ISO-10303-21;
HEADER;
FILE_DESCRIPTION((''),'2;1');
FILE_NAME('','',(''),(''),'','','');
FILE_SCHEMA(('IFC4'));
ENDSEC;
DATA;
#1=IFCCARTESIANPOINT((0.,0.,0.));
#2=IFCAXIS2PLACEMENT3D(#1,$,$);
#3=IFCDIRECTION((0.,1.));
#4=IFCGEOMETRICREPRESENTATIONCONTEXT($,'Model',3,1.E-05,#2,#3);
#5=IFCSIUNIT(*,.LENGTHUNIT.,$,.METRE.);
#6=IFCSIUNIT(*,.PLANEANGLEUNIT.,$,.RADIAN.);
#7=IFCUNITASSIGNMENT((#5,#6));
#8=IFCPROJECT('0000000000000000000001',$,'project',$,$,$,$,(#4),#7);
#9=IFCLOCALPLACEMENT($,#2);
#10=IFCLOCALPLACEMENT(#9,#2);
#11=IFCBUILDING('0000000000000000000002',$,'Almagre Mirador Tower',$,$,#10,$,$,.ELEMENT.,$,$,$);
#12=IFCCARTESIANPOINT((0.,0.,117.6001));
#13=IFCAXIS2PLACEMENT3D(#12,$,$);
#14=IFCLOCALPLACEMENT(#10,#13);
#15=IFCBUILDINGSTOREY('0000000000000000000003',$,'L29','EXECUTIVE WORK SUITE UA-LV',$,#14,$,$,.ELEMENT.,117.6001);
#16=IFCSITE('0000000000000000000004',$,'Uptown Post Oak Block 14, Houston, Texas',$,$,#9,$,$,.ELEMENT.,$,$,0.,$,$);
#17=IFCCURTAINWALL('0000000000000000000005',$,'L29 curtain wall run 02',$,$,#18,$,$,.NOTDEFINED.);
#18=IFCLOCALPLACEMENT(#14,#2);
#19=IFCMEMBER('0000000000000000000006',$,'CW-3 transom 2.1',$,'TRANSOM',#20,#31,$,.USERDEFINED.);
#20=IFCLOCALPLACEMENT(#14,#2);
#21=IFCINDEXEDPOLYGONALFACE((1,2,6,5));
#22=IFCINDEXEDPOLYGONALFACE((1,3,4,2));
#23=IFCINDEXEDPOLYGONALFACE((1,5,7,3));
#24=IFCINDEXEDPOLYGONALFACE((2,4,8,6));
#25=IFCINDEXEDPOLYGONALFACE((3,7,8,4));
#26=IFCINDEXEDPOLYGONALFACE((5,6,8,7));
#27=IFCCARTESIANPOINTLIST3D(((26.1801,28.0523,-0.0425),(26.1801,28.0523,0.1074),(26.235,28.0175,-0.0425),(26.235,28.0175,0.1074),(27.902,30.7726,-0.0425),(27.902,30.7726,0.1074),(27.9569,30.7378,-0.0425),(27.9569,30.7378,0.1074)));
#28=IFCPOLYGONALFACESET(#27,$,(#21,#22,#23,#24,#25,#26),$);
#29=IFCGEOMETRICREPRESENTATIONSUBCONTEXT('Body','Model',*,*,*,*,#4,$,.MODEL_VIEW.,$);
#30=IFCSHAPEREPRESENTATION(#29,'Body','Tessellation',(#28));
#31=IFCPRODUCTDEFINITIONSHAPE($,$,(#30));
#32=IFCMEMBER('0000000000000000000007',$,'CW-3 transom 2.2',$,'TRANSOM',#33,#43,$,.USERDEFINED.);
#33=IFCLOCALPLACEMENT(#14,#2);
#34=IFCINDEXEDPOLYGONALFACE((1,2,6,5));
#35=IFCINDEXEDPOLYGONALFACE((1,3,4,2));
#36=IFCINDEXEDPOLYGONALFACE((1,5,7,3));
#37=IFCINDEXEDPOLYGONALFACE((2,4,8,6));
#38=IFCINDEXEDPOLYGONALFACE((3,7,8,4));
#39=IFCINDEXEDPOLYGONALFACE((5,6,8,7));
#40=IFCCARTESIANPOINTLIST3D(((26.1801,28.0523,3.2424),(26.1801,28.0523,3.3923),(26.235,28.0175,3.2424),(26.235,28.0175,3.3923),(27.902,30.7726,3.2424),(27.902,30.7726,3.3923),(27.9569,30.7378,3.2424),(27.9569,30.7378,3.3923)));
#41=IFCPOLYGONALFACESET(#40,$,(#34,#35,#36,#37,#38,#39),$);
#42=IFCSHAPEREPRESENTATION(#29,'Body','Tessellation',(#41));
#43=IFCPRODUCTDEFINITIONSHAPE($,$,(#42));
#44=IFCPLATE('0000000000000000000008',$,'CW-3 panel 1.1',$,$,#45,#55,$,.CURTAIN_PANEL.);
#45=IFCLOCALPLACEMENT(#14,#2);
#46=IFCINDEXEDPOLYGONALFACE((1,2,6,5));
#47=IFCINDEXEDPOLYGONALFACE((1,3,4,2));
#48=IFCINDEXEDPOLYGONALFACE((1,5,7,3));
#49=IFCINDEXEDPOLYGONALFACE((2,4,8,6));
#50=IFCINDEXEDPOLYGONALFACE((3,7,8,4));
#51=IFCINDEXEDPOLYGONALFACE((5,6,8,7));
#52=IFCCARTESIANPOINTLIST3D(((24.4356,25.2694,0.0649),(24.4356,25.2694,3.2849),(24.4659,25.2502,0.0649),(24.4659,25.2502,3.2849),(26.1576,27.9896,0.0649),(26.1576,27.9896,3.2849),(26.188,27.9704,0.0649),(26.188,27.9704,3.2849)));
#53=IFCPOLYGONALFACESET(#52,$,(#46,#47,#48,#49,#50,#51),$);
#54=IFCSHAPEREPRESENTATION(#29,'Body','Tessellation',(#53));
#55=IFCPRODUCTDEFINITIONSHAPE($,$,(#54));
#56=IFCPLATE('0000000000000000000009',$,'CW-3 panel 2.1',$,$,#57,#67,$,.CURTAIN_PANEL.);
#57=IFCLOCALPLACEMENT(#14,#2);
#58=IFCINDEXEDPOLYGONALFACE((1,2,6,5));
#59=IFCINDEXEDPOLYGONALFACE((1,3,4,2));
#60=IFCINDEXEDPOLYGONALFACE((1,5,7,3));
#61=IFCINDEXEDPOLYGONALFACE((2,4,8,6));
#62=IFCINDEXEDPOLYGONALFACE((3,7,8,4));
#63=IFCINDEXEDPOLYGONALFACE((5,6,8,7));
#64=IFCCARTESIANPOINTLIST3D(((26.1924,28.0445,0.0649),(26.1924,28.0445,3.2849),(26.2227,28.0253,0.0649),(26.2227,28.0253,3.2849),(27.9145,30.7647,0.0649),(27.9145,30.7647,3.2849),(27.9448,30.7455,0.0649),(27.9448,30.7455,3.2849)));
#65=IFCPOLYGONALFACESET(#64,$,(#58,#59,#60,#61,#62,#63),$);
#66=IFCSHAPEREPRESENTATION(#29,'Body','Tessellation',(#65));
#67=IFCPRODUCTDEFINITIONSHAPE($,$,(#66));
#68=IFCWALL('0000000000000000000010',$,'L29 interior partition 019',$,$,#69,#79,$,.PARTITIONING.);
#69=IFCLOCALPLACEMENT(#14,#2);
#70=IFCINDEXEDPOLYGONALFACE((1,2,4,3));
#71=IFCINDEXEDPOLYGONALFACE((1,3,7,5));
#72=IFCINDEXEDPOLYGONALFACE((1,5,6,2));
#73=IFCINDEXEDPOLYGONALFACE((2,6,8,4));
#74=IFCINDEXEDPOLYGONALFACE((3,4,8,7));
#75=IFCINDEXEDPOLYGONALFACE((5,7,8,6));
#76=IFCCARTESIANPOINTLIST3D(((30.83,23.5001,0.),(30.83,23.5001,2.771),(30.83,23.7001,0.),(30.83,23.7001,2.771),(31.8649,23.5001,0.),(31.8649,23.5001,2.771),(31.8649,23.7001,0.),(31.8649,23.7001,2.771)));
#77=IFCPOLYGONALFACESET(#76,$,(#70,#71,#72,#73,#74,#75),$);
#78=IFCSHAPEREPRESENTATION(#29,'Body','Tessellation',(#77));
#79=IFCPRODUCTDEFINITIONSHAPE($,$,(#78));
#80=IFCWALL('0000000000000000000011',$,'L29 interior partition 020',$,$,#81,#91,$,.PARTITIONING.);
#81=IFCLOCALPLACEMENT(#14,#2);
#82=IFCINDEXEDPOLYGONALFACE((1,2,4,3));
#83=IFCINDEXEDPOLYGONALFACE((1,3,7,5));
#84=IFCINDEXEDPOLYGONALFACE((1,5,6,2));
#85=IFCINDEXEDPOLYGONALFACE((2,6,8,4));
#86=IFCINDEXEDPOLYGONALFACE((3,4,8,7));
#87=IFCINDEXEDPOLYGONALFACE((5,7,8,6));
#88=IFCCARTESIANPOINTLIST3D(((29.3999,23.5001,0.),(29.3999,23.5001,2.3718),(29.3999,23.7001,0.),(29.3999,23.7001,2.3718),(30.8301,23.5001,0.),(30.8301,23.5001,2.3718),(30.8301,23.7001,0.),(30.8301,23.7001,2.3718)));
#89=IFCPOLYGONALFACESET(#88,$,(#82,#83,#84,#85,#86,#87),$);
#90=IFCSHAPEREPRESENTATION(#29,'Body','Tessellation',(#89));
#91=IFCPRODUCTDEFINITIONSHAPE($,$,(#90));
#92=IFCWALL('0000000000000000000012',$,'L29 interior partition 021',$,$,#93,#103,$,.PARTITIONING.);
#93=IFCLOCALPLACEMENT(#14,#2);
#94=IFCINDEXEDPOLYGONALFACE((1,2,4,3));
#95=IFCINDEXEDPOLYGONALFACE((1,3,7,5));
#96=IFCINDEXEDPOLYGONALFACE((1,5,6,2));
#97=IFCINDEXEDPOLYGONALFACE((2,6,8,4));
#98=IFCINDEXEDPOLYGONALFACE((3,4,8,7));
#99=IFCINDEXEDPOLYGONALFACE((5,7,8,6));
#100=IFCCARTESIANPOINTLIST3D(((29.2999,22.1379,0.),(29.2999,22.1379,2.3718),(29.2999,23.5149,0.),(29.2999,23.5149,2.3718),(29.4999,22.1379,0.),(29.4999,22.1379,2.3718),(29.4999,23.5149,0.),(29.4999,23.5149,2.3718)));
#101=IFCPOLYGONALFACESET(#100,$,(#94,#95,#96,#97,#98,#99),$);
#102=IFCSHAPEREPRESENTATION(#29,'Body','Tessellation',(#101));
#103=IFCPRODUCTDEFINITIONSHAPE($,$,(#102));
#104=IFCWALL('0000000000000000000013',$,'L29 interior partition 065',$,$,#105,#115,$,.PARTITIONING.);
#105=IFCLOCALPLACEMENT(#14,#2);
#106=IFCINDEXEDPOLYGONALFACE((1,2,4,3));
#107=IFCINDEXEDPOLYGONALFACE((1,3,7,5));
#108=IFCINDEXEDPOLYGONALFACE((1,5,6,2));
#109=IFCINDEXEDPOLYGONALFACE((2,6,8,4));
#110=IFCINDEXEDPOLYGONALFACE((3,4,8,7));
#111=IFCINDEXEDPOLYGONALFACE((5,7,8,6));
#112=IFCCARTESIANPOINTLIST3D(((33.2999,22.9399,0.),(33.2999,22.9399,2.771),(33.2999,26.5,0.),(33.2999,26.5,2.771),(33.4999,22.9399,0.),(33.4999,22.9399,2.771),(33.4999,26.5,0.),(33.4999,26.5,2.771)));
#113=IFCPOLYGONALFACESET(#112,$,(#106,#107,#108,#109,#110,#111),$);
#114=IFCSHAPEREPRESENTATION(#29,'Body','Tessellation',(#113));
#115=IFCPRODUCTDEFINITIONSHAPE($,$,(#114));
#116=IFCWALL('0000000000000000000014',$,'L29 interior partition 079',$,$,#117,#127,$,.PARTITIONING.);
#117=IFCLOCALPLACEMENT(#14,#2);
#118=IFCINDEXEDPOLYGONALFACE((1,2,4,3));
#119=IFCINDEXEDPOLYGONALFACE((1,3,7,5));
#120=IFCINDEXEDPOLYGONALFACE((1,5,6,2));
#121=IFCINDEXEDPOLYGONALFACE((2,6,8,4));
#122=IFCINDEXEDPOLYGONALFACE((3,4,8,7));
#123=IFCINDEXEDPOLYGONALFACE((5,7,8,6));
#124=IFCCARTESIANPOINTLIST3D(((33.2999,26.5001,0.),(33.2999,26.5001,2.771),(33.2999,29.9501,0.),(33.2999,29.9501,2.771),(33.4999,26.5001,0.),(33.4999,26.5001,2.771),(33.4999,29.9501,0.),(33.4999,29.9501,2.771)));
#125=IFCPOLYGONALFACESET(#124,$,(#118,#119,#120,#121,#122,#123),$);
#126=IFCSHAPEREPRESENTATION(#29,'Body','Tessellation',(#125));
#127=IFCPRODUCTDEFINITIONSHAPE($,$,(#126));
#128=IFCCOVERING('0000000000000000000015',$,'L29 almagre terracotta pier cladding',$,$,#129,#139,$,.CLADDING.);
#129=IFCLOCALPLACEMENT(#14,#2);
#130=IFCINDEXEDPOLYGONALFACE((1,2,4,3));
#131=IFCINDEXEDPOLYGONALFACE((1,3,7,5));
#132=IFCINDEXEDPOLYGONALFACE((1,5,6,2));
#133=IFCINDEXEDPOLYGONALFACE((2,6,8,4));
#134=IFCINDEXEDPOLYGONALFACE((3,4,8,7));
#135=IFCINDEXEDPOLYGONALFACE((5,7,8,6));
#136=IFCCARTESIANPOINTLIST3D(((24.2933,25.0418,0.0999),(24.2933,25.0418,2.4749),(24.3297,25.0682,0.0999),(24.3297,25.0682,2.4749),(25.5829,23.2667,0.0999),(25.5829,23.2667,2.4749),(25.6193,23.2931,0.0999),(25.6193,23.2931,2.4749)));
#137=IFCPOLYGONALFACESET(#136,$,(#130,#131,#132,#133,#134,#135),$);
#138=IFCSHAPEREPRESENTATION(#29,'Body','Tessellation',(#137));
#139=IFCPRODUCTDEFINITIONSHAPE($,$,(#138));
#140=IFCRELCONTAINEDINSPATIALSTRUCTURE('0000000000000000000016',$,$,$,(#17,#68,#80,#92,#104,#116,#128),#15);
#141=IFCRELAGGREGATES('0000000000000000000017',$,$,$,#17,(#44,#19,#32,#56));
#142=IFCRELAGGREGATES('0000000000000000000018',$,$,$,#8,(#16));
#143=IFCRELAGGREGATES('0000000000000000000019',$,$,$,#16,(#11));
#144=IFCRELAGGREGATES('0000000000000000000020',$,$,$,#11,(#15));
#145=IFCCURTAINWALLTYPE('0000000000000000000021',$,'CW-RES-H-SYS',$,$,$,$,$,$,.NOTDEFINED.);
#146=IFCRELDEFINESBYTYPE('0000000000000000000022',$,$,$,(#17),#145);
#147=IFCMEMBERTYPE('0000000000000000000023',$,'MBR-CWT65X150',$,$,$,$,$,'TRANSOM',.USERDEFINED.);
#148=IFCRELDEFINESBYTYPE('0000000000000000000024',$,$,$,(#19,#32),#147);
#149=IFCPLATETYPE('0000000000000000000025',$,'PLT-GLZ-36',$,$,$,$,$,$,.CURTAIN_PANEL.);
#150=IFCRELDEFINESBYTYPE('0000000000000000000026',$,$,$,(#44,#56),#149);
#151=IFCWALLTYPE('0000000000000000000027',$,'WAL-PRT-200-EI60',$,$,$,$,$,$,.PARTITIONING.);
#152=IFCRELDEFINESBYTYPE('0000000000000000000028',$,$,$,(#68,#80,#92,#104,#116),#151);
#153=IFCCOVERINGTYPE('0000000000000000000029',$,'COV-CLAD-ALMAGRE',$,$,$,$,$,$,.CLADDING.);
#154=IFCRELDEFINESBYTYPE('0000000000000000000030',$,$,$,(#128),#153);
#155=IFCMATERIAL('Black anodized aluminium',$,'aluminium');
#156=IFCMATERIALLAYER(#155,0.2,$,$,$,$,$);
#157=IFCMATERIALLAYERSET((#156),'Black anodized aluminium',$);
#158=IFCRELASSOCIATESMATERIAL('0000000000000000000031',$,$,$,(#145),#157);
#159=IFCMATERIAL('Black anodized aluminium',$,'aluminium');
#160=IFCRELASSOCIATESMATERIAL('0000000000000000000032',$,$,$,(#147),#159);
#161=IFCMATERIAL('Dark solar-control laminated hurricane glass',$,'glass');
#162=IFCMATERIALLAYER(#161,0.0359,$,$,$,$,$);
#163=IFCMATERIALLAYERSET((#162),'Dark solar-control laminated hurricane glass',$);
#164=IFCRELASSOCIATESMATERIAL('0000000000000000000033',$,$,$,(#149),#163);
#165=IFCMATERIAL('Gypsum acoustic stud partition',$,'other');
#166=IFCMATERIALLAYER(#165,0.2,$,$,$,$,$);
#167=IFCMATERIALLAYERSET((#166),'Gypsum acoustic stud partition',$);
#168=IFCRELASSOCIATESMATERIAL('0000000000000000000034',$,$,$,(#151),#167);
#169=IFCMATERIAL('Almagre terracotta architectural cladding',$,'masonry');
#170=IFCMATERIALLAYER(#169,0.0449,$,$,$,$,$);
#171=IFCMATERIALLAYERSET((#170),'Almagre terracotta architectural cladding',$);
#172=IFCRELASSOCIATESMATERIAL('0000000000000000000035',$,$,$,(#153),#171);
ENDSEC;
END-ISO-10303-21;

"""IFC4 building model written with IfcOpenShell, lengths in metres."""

from ifc_helpers import new_model, si_unit, direction, frame, frame_2d, origin, origin_2d, place, context, subcontext, project, spatial, rectangle, extrude, material, layer, layer_set, material_profile, profile_set, type_object, element, aggregate, save


model = new_model("IFC4")

# Units and contexts
model_context = context("Model", 3, precision=1e-05, world=origin(), true_north=direction((0.0, 1.0)))
body_context = subcontext(model_context, "Body", "Model", "MODEL_VIEW")
ifc_project = project(units=[si_unit("LENGTHUNIT", "METRE"), si_unit("PLANEANGLEUNIT", "RADIAN")], contexts=[model_context])

# Site, building, storey
site_placement = place(None, origin())
site = spatial("IfcSite", under=ifc_project, at=site_placement, Name="Uptown Post Oak Block 14, Houston, Texas", CompositionType="ELEMENT", RefElevation=0.0)
building_placement = place(site_placement, origin())
building = spatial("IfcBuilding", under=site, at=building_placement, Name="Almagre Mirador Tower", CompositionType="ELEMENT")
storey_placement = place(building_placement, frame((0.0, 0.0, 117.6001)))
storey = spatial("IfcBuildingStorey", under=building, at=storey_placement, Name="L29", Description="EXECUTIVE WORK SUITE UA-LV", CompositionType="ELEMENT", Elevation=117.6001)

# Curtain wall, members, plates
ifc_material_1 = material(Name="Black anodized aluminium", Category="aluminium")
ifc_layer_1 = layer(ifc_material_1, 0.2)
ifc_layer_set_1 = layer_set([ifc_layer_1], Name="Black anodized aluminium")
curtain_wall_type = type_object("IfcCurtainWallType", Name="CW-RES-H-SYS", PredefinedType="NOTDEFINED", material=ifc_layer_set_1)
curtain_wall_placement = place(storey_placement, origin())
curtain_wall = element("IfcCurtainWall", 1, at=curtain_wall_placement, inside=storey, type_object=curtain_wall_type, Name="L29 curtain wall run 02", PredefinedType="NOTDEFINED")
ifc_material_2 = material(Name="Black anodized aluminium", Category="aluminium")
ifc_material_profile_1 = material_profile(ifc_material_2, rectangle(XDim=0.0649, YDim=0.1499, at=origin_2d()), Name="CWT65X150")
ifc_profile_set_1 = profile_set([ifc_material_profile_1], Name="Black anodized aluminium")
member_type_1 = type_object("IfcMemberType", Name="MBR-CWT65X150", ElementType="TRANSOM", PredefinedType="USERDEFINED", material=ifc_profile_set_1)
member_1_placement = place(storey_placement, frame((26.2075, 28.0349, 0.0325), z_axis=(0.534857, 0.844942, 0.0), x_axis=(-0.844942, 0.534857, 0.0)))
member_1 = element("IfcMember", 2, at=member_1_placement, type_object=member_type_1, Name="CW-3 transom 2.1", ObjectType="TRANSOM", PredefinedType="USERDEFINED", context=body_context, shape_type="SweptSolid", body=[
    extrude(rectangle(XDim=0.0649, YDim=0.1499, at=origin_2d()), origin(), (0.0, 0.0, 1.0), 3.2195),
])
member_2_placement = place(storey_placement, frame((26.2075, 28.0349, 3.3174), z_axis=(0.534857, 0.844942, 0.0), x_axis=(-0.844942, 0.534857, 0.0)))
member_2 = element("IfcMember", 3, at=member_2_placement, type_object=member_type_1, Name="CW-3 transom 2.2", ObjectType="TRANSOM", PredefinedType="USERDEFINED", context=body_context, shape_type="SweptSolid", body=[
    extrude(rectangle(XDim=0.0649, YDim=0.1499, at=origin_2d()), origin(), (0.0, 0.0, 1.0), 3.2195),
])
ifc_material_3 = material(Name="Dark solar-control laminated hurricane glass", Category="glass")
ifc_layer_2 = layer(ifc_material_3, 0.0359)
ifc_layer_set_2 = layer_set([ifc_layer_2], Name="Dark solar-control laminated hurricane glass")
plate_type = type_object("IfcPlateType", Name="PLT-GLZ-36", PredefinedType="CURTAIN_PANEL", material=ifc_layer_set_2)
plate_1_placement = place(storey_placement, frame((25.3118, 26.6199, 0.0649), z_axis=(0.0, 0.0, 1.0), x_axis=(0.534887, 0.844924, 0.0)))
plate_1 = element("IfcPlate", 4, at=plate_1_placement, type_object=plate_type, Name="CW-3 panel 1.1", PredefinedType="CURTAIN_PANEL", context=body_context, shape_type="SweptSolid", body=[
    extrude(rectangle(XDim=3.2195, YDim=0.0359, at=origin_2d()), origin(), (0.0, 0.0, 1.0), 3.22),
])
plate_2_placement = place(storey_placement, frame((27.0686, 29.395, 0.0649), z_axis=(0.0, 0.0, 1.0), x_axis=(0.534887, 0.844924, 0.0)))
plate_2 = element("IfcPlate", 5, at=plate_2_placement, type_object=plate_type, Name="CW-3 panel 2.1", PredefinedType="CURTAIN_PANEL", context=body_context, shape_type="SweptSolid", body=[
    extrude(rectangle(XDim=3.2195, YDim=0.0359, at=origin_2d()), origin(), (0.0, 0.0, 1.0), 3.22),
])
aggregate(curtain_wall, [plate_1, member_1, member_2, plate_2])

# Walls
ifc_material_4 = material(Name="Gypsum acoustic stud partition", Category="other")
ifc_layer_3 = layer(ifc_material_4, 0.2)
ifc_layer_set_3 = layer_set([ifc_layer_3], Name="Gypsum acoustic stud partition")
wall_type = type_object("IfcWallType", Name="WAL-PRT-200-EI60", PredefinedType="PARTITIONING", material=ifc_layer_set_3)
wall_1_placement = place(storey_placement, frame((31.865, 23.6001, 0.0), z_axis=(0.0, 0.0, 1.0), x_axis=(-1.0, 0.0, 0.0)))
element("IfcWall", 6, at=wall_1_placement, inside=storey, type_object=wall_type, Name="L29 interior partition 019", PredefinedType="PARTITIONING", context=body_context, shape_type="SweptSolid", body=[
    extrude(rectangle(XDim=1.0349, YDim=0.2, at=frame_2d((0.5176, 0.0))), origin(), (0.0, 0.0, 1.0), 2.771),
])
wall_2_placement = place(storey_placement, frame((30.8301, 23.6001, 0.0), z_axis=(0.0, 0.0, 1.0), x_axis=(-1.0, 0.0, 0.0)))
element("IfcWall", 7, at=wall_2_placement, inside=storey, type_object=wall_type, Name="L29 interior partition 020", PredefinedType="PARTITIONING", context=body_context, shape_type="SweptSolid", body=[
    extrude(rectangle(XDim=1.4302, YDim=0.2, at=frame_2d((0.7151, 0.0))), origin(), (0.0, 0.0, 1.0), 2.3718),
])
wall_3_placement = place(storey_placement, frame((29.3999, 23.5149, 0.0), z_axis=(0.0, 0.0, 1.0), x_axis=(0.0, -1.0, 0.0)))
element("IfcWall", 8, at=wall_3_placement, inside=storey, type_object=wall_type, Name="L29 interior partition 021", PredefinedType="PARTITIONING", context=body_context, shape_type="SweptSolid", body=[
    extrude(rectangle(XDim=1.377, YDim=0.2, at=frame_2d((0.6885, 0.0))), origin(), (0.0, 0.0, 1.0), 2.3718),
])
wall_4_placement = place(storey_placement, frame((33.3999, 26.5, 0.0), z_axis=(0.0, 0.0, 1.0), x_axis=(0.0, -1.0, 0.0)))
element("IfcWall", 9, at=wall_4_placement, inside=storey, type_object=wall_type, Name="L29 interior partition 065", PredefinedType="PARTITIONING", context=body_context, shape_type="SweptSolid", body=[
    extrude(rectangle(XDim=3.5601, YDim=0.2, at=frame_2d((1.78, 0.0))), origin(), (0.0, 0.0, 1.0), 2.771),
])
wall_5_placement = place(storey_placement, frame((33.3999, 26.5, 0.0), z_axis=(0.0, 0.0, 1.0), x_axis=(0.0, 1.0, 0.0)))
element("IfcWall", 10, at=wall_5_placement, inside=storey, type_object=wall_type, Name="L29 interior partition 079", PredefinedType="PARTITIONING", context=body_context, shape_type="SweptSolid", body=[
    extrude(rectangle(XDim=3.45, YDim=0.2, at=frame_2d((1.7251, 0.0))), origin(), (0.0, 0.0, 1.0), 2.771),
])

# Covering
ifc_material_5 = material(Name="Almagre terracotta architectural cladding", Category="masonry")
ifc_layer_4 = layer(ifc_material_5, 0.0449)
ifc_layer_set_4 = layer_set([ifc_layer_4], Name="Almagre terracotta architectural cladding")
covering_type = type_object("IfcCoveringType", Name="COV-CLAD-ALMAGRE", PredefinedType="CLADDING", material=ifc_layer_set_4)
covering_placement = place(storey_placement, frame((24.9563, 24.1675, 0.0999), z_axis=(0.0, 0.0, 1.0), x_axis=(-0.587757, 0.809038, 0.0)))
element("IfcCovering", 11, at=covering_placement, inside=storey, type_object=covering_type, Name="L29 almagre terracotta pier cladding", PredefinedType="CLADDING", context=body_context, shape_type="SweptSolid", body=[
    extrude(rectangle(XDim=2.1941, YDim=0.0449, at=origin_2d()), origin(), (0.0, 0.0, 1.0), 2.375),
])

save(model, "model.ifc")
